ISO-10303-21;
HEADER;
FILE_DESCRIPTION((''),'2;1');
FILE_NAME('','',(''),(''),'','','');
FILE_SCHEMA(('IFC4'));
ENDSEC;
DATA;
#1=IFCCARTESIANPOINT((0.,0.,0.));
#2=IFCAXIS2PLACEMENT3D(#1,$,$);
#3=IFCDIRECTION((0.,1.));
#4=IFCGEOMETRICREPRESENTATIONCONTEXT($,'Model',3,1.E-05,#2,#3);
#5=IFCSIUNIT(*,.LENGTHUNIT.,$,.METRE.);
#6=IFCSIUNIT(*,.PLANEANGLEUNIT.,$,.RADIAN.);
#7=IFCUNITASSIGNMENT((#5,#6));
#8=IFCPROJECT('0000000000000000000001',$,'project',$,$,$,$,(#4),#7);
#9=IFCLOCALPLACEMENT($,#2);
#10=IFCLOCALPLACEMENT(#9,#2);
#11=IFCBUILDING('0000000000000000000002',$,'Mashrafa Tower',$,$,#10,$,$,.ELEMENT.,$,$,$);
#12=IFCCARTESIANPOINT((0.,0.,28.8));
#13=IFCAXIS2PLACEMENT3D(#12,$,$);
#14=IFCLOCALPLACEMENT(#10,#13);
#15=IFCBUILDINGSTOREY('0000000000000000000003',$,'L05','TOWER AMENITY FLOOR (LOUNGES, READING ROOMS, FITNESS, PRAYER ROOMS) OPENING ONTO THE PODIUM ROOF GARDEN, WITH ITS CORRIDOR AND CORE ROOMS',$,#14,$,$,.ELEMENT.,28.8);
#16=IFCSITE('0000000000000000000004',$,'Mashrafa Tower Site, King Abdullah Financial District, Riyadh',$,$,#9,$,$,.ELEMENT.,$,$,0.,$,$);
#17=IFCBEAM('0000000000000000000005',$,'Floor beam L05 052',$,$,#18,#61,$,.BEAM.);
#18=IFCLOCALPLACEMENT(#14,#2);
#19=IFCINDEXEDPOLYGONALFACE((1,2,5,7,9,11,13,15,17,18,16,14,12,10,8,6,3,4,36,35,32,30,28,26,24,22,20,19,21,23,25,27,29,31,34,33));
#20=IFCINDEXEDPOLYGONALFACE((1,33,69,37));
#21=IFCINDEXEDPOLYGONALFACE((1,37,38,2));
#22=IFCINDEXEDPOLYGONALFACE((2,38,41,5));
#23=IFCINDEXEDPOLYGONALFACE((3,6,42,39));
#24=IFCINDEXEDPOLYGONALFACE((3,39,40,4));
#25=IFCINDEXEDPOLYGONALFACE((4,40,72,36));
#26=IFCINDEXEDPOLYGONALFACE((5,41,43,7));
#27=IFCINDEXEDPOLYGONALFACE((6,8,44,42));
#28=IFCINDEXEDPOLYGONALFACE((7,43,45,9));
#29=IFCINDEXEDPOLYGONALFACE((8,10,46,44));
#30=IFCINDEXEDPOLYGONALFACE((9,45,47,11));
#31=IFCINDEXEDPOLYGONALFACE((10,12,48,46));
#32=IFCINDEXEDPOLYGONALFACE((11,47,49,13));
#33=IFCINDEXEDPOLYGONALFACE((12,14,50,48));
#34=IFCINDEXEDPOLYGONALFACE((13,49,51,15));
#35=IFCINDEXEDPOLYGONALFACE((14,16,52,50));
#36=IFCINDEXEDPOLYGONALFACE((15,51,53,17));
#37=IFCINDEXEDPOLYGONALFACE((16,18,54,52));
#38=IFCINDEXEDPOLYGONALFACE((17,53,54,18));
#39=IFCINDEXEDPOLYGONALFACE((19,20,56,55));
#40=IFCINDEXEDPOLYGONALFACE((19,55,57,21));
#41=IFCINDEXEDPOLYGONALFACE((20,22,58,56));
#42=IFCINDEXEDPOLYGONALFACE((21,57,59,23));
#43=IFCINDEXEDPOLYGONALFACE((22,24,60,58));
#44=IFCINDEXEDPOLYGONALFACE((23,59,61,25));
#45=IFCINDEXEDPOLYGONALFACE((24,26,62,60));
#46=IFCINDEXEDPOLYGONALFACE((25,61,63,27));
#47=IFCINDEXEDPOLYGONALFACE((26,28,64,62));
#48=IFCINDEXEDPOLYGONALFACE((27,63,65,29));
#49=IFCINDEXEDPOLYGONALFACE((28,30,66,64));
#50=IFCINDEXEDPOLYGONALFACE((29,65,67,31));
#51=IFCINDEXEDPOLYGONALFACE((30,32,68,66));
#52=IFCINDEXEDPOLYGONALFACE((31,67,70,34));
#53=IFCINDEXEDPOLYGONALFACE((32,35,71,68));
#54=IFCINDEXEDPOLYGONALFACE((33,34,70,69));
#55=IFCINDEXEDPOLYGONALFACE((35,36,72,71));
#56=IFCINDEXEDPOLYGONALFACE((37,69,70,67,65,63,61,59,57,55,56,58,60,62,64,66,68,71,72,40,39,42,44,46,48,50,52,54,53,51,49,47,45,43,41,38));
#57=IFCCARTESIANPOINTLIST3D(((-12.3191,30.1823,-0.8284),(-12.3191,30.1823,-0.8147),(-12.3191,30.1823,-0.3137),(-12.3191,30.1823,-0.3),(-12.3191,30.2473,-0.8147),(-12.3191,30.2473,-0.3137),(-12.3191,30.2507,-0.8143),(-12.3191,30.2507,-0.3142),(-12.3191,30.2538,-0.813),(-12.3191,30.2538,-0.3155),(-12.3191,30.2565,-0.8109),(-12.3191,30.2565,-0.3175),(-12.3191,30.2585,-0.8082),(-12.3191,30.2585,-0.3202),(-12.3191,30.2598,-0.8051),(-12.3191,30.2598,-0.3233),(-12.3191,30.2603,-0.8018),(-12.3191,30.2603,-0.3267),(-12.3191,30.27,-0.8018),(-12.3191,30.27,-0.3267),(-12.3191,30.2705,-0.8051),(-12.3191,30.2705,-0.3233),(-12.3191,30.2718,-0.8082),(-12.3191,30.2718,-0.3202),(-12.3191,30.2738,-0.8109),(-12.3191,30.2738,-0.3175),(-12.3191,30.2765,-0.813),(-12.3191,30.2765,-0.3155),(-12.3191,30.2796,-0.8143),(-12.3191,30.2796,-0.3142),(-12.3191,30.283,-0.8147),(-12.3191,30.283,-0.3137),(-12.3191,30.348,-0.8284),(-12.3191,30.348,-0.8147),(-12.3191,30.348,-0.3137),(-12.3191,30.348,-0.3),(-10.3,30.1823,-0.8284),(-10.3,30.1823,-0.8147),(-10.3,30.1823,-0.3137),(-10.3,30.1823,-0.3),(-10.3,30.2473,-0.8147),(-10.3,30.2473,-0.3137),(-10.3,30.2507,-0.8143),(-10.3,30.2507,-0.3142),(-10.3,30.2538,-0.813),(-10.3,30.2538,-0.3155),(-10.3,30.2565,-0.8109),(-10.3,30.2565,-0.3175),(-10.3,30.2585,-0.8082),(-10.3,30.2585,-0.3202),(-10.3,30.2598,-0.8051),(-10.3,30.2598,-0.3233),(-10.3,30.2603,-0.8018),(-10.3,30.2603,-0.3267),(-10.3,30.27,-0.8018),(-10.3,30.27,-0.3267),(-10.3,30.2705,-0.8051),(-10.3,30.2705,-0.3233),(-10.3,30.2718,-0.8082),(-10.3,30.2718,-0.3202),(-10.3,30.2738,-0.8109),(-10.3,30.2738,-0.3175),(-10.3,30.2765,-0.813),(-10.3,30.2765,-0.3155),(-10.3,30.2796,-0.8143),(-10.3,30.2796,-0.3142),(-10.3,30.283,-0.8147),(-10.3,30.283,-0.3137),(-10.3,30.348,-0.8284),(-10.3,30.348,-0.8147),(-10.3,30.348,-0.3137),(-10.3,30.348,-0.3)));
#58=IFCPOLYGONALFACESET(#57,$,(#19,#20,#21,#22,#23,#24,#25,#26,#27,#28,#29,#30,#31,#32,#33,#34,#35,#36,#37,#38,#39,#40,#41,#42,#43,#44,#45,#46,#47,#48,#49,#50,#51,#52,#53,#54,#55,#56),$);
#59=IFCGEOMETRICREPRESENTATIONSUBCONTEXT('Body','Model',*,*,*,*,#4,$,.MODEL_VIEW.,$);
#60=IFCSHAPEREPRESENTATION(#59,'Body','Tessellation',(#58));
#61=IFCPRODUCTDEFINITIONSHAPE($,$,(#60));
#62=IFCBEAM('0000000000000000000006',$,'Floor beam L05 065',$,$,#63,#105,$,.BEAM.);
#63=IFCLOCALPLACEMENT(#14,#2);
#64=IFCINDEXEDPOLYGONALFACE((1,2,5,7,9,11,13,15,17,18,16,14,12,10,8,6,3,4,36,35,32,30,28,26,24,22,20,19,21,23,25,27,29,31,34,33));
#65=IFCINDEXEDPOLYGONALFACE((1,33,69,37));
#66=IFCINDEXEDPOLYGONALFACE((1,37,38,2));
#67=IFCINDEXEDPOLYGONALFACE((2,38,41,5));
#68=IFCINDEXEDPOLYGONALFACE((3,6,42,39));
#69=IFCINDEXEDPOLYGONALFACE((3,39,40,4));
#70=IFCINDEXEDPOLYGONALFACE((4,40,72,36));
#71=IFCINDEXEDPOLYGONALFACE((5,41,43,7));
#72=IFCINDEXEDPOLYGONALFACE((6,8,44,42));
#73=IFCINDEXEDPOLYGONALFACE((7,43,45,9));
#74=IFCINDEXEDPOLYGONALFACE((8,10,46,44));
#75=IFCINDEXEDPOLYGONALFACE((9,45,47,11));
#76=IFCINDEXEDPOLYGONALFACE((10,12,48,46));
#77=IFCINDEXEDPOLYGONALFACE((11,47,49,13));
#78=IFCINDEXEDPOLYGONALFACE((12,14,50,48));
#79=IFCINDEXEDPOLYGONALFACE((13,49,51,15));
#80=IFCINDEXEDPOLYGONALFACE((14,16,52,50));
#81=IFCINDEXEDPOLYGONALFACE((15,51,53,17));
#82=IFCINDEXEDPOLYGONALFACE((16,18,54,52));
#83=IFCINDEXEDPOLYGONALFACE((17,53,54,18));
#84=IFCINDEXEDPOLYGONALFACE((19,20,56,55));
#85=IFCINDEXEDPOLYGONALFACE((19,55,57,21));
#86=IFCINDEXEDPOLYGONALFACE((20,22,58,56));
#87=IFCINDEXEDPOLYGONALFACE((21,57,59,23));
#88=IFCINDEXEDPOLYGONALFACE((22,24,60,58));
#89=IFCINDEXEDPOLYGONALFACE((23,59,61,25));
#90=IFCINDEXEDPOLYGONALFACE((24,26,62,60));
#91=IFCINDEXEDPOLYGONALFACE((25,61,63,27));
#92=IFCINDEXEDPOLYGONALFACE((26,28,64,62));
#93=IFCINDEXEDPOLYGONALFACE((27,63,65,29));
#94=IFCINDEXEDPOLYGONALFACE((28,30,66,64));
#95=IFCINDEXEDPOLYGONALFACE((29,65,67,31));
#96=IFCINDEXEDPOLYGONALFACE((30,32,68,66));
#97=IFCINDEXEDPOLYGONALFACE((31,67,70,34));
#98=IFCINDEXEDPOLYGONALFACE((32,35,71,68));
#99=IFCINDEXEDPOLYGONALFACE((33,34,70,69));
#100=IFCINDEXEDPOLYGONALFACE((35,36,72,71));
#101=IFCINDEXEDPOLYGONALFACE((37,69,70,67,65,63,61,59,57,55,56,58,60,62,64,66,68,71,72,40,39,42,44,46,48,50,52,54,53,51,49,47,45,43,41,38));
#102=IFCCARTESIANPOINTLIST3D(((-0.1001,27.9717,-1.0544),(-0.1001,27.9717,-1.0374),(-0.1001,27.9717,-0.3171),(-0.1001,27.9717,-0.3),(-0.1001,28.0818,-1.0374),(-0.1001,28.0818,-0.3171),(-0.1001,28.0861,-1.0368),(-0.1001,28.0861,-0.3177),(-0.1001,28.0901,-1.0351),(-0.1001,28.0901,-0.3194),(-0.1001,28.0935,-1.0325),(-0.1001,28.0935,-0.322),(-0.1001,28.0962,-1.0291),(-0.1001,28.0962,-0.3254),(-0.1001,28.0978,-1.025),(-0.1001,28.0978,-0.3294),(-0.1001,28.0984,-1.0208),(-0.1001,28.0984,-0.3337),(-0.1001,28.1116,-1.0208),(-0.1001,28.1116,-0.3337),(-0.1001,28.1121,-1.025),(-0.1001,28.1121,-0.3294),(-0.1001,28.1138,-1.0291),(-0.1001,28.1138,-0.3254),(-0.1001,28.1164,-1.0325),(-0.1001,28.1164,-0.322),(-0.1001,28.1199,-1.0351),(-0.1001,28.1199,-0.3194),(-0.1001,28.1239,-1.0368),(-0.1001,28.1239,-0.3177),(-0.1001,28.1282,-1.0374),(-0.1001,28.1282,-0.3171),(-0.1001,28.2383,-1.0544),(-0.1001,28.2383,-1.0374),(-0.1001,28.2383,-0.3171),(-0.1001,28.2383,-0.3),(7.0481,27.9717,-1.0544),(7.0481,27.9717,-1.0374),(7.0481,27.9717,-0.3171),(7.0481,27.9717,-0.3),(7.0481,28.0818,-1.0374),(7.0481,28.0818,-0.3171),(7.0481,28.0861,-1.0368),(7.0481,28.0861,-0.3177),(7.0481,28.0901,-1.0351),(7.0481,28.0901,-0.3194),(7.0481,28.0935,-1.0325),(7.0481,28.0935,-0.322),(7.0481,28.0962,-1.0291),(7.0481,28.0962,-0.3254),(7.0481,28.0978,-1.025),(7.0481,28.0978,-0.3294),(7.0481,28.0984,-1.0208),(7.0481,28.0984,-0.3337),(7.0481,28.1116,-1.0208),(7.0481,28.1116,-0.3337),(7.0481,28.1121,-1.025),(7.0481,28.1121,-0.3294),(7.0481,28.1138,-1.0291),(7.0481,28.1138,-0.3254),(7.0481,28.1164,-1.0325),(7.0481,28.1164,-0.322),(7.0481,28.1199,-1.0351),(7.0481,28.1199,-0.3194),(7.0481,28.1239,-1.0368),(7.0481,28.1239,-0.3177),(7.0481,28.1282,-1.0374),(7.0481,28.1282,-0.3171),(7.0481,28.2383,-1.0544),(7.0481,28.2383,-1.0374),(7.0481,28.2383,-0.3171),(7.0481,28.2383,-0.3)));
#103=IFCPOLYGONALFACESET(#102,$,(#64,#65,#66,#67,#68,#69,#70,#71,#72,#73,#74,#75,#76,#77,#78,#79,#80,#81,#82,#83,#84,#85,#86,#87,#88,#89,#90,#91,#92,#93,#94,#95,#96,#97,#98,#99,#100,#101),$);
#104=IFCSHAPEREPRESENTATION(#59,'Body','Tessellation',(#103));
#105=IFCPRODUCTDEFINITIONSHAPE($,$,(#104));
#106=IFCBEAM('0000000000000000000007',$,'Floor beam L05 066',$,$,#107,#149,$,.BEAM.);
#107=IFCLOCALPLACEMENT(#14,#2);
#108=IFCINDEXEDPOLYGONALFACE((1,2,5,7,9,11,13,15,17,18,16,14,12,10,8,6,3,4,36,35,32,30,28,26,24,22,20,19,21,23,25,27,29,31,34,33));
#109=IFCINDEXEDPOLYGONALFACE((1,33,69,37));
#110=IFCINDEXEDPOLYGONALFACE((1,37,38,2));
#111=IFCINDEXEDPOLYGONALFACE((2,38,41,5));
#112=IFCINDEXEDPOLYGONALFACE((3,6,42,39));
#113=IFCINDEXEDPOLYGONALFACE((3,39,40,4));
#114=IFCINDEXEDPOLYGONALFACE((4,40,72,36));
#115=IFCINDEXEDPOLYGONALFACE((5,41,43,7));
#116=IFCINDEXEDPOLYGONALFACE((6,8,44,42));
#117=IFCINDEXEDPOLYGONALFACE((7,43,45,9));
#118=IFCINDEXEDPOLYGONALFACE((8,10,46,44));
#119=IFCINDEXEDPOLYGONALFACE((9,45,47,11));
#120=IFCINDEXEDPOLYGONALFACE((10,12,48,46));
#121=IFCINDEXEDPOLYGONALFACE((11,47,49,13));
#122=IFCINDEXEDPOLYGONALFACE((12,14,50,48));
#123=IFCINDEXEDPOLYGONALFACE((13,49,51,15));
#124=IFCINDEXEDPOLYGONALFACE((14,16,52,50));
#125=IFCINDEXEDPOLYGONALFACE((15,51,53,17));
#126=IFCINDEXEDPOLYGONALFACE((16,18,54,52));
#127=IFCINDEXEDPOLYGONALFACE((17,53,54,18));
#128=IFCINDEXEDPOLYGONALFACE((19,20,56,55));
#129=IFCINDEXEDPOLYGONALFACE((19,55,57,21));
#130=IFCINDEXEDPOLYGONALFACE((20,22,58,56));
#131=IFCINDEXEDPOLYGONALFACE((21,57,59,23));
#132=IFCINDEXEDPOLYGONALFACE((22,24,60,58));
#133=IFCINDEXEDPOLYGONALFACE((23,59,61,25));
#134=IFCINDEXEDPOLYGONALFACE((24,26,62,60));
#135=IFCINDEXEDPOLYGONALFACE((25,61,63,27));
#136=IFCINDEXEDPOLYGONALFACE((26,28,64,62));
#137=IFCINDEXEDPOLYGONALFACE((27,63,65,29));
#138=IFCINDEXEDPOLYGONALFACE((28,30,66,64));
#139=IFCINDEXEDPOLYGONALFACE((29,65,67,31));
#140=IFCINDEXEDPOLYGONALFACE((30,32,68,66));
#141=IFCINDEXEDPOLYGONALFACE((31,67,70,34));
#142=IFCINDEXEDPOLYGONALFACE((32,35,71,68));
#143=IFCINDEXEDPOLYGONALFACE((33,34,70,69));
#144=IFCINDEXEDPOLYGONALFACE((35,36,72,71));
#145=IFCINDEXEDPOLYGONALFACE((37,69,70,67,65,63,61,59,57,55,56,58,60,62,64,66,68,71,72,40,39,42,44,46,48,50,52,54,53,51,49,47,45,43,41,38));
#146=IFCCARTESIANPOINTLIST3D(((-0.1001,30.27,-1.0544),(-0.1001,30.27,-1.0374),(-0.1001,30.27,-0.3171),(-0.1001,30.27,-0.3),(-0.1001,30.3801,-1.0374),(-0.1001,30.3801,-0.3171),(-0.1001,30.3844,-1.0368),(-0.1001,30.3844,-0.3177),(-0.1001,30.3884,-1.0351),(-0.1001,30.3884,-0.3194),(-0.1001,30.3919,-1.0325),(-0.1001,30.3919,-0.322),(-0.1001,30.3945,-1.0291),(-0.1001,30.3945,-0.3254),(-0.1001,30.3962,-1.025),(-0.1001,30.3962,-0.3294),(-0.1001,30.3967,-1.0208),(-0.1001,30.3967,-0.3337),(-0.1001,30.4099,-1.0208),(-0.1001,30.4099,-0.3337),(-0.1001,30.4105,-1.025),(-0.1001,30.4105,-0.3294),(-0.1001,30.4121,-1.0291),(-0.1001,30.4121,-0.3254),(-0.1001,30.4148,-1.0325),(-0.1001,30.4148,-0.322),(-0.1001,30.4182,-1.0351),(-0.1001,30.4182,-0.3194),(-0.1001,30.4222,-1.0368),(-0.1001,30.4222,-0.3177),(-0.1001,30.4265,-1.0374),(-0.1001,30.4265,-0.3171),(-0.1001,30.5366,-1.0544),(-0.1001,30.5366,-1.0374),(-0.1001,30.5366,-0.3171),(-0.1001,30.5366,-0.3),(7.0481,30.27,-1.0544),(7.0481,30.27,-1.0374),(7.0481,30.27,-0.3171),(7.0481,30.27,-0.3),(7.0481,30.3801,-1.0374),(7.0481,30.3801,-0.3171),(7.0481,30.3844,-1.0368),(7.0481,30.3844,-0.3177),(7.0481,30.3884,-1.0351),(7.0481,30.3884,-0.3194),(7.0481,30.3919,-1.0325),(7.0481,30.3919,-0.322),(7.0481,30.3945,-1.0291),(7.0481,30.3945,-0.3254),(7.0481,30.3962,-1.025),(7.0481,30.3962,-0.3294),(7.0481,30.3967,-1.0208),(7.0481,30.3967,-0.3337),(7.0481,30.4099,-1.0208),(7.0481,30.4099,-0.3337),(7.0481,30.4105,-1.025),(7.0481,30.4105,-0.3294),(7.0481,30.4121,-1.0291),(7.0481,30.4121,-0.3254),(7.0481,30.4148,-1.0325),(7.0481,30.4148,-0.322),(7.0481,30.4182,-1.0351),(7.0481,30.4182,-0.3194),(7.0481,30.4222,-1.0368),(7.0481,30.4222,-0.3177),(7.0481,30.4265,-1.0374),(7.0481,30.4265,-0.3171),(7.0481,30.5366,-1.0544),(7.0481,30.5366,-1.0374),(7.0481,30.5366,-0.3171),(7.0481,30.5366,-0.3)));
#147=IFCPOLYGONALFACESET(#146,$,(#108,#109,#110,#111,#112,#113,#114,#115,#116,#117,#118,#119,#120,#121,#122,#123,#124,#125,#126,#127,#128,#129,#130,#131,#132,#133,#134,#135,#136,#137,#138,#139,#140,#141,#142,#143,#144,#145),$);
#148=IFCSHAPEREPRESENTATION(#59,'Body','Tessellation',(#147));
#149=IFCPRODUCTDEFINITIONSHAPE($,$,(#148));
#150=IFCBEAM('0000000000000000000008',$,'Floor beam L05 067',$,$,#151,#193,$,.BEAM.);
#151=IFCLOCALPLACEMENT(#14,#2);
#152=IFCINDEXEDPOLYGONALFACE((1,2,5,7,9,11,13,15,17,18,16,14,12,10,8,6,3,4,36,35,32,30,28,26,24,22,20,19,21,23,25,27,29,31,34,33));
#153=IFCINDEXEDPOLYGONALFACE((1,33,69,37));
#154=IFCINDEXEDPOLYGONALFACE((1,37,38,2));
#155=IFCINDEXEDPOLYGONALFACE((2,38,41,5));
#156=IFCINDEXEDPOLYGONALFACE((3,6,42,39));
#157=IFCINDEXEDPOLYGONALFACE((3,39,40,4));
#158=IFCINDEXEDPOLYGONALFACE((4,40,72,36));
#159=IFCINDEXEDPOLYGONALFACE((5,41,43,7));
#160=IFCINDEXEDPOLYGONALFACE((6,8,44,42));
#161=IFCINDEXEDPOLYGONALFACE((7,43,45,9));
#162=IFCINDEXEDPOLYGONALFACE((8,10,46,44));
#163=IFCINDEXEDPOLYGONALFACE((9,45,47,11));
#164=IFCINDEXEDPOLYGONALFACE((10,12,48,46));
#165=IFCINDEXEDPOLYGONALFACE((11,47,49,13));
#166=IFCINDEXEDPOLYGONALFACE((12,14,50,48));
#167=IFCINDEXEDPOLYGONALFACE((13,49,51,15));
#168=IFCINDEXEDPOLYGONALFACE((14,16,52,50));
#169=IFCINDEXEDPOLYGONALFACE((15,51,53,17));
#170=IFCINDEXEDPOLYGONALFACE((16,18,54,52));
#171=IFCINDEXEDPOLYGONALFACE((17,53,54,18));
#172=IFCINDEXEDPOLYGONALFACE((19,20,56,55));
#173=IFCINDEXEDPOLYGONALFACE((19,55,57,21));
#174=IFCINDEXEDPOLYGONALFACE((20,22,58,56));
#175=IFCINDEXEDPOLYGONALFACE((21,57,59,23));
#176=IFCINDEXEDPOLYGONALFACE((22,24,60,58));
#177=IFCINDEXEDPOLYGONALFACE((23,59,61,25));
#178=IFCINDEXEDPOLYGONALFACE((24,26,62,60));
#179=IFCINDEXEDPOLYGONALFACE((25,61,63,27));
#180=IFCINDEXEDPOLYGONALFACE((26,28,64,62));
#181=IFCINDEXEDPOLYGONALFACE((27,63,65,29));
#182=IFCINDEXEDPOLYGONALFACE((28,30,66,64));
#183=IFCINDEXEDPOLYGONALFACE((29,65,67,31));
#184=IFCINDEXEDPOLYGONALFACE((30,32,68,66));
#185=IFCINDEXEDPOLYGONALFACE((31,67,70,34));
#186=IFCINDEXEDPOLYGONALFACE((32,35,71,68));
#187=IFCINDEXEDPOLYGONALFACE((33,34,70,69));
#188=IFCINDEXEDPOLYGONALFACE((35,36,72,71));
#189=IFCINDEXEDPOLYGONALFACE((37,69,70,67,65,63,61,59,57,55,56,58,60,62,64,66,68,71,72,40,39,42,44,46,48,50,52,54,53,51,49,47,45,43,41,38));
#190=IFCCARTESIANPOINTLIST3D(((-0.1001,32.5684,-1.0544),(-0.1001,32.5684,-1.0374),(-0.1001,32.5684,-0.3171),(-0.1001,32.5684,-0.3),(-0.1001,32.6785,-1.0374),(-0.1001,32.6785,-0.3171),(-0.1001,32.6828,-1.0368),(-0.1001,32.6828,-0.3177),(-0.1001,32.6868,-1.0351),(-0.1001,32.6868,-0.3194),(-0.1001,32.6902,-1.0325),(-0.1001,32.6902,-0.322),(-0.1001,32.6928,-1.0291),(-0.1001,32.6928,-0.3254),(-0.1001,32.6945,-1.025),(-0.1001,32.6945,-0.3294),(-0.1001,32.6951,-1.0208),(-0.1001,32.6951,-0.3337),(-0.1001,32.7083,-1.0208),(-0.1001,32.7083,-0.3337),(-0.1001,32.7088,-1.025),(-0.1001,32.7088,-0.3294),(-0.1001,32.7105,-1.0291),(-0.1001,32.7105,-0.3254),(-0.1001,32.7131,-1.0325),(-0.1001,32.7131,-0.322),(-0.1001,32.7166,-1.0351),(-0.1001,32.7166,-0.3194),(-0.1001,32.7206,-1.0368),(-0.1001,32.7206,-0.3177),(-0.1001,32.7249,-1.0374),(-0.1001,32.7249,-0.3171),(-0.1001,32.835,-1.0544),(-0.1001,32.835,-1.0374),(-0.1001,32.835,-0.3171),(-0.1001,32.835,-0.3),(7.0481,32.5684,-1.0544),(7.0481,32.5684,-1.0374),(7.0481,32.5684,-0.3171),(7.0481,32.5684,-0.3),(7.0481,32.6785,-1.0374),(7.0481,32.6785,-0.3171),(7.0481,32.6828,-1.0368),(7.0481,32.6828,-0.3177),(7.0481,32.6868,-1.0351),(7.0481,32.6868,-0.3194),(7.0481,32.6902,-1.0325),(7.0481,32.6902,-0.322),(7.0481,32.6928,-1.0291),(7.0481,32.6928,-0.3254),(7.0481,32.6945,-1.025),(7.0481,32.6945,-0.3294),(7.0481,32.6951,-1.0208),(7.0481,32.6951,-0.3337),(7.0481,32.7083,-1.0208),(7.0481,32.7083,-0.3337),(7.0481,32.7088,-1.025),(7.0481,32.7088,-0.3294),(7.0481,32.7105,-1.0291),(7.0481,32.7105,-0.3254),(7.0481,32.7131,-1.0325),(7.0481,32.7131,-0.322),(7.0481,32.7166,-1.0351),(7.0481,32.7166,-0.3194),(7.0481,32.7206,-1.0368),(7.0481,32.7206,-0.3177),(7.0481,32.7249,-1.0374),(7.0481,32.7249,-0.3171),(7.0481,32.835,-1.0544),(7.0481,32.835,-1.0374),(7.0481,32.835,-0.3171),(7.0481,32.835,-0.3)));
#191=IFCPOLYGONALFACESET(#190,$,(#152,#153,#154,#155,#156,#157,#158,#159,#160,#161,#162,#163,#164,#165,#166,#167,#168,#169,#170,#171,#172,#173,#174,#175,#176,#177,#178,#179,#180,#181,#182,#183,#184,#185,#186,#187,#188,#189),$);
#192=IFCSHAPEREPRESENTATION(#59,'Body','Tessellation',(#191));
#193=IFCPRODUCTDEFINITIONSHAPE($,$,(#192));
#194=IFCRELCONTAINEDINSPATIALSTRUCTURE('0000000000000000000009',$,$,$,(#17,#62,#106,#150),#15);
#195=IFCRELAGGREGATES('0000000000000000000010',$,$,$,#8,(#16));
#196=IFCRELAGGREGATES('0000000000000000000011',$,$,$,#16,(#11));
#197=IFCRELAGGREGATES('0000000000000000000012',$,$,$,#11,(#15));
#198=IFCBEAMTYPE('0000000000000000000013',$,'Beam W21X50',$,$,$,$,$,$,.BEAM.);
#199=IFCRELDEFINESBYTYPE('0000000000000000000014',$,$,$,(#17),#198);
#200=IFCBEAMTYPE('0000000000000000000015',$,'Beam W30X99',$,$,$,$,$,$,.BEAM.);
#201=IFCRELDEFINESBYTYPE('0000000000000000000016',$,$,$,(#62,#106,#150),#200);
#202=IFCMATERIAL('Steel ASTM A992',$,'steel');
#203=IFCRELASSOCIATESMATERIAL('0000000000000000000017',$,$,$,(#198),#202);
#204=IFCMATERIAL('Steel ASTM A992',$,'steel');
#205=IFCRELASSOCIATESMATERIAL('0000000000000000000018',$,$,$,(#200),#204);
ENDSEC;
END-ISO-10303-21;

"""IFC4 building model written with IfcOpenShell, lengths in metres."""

from ifc_helpers import new_model, si_unit, direction, frame, origin, origin_2d, place, context, subcontext, project, spatial, i_section, extrude, material, material_profile, profile_set, type_object, element, save


model = new_model("IFC4")

# Units and contexts
model_context = context("Model", 3, precision=1e-05, world=origin(), true_north=direction((0.0, 1.0)))
body_context = subcontext(model_context, "Body", "Model", "MODEL_VIEW")
ifc_project = project(units=[si_unit("LENGTHUNIT", "METRE"), si_unit("PLANEANGLEUNIT", "RADIAN")], contexts=[model_context])

# Site, building, storey
site_placement = place(None, origin())
site = spatial("IfcSite", under=ifc_project, at=site_placement, Name="Mashrafa Tower Site, King Abdullah Financial District, Riyadh", CompositionType="ELEMENT", RefElevation=0.0)
building_placement = place(site_placement, origin())
building = spatial("IfcBuilding", under=site, at=building_placement, Name="Mashrafa Tower", CompositionType="ELEMENT")
storey_placement = place(building_placement, frame((0.0, 0.0, 28.8)))
storey = spatial("IfcBuildingStorey", under=building, at=storey_placement, Name="L05", Description="TOWER AMENITY FLOOR (LOUNGES, READING ROOMS, FITNESS, PRAYER ROOMS) OPENING ONTO THE PODIUM ROOF GARDEN, WITH ITS CORRIDOR AND CORE ROOMS", CompositionType="ELEMENT", Elevation=28.8)

# Beams
ifc_material_1 = material(Name="Steel ASTM A992", Category="steel")
ifc_material_profile_1 = material_profile(ifc_material_1, i_section(OverallWidth=0.1658, OverallDepth=0.5283, WebThickness=0.0098, FlangeThickness=0.0137, FilletRadius=0.0129, at=origin_2d()), Name="W21X50")
ifc_profile_set_1 = profile_set([ifc_material_profile_1], Name="Steel ASTM A992")
beam_type_1 = type_object("IfcBeamType", Name="Beam W21X50", PredefinedType="BEAM", material=ifc_profile_set_1)
beam_1_placement = place(storey_placement, frame((-12.3191, 30.2651, -0.5642), z_axis=(1.0, 0.0, 0.0), x_axis=(0.0, 1.0, 0.0)))
element("IfcBeam", 1, at=beam_1_placement, inside=storey, type_object=beam_type_1, Name="Floor beam L05 052", PredefinedType="BEAM", context=body_context, shape_type="SweptSolid", body=[
    extrude(i_section(OverallWidth=0.1658, OverallDepth=0.5283, WebThickness=0.0098, FlangeThickness=0.0137, FilletRadius=0.0129, at=origin_2d()), origin(), (0.0, 0.0, 1.0), 2.019),
])
ifc_material_2 = material(Name="Steel ASTM A992", Category="steel")
ifc_material_profile_2 = material_profile(ifc_material_2, i_section(OverallWidth=0.2666, OverallDepth=0.7544, WebThickness=0.0132, FlangeThickness=0.0171, FilletRadius=0.0166, at=origin_2d()), Name="W30X99")
ifc_profile_set_2 = profile_set([ifc_material_profile_2], Name="Steel ASTM A992")
beam_type_2 = type_object("IfcBeamType", Name="Beam W30X99", PredefinedType="BEAM", material=ifc_profile_set_2)
for number, where, z_axis, x_axis, name in (
    (2, (-0.1001, 28.105, -0.6772), (1.0, 0.0, 0.0), (0.0, 1.0, 0.0), "Floor beam L05 065"),
    (3, (-0.1001, 30.4033, -0.6772), (1.0, 0.0, 0.0), (0.0, 1.0, 0.0), "Floor beam L05 066"),
    (4, (-0.1001, 32.7017, -0.6772), (1.0, 0.0, 0.0), (0.0, 1.0, 0.0), "Floor beam L05 067"),
):
    element("IfcBeam", number, at=place(storey_placement, frame(where, z_axis=z_axis, x_axis=x_axis)), inside=storey, type_object=beam_type_2, Name=name, PredefinedType="BEAM", context=body_context, shape_type="SweptSolid", body=[
        extrude(i_section(OverallWidth=0.2666, OverallDepth=0.7544, WebThickness=0.0132, FlangeThickness=0.0171, FilletRadius=0.0166, at=origin_2d()), origin(), (0.0, 0.0, 1.0), 7.1482),
    ])

save(model, "model.ifc")
